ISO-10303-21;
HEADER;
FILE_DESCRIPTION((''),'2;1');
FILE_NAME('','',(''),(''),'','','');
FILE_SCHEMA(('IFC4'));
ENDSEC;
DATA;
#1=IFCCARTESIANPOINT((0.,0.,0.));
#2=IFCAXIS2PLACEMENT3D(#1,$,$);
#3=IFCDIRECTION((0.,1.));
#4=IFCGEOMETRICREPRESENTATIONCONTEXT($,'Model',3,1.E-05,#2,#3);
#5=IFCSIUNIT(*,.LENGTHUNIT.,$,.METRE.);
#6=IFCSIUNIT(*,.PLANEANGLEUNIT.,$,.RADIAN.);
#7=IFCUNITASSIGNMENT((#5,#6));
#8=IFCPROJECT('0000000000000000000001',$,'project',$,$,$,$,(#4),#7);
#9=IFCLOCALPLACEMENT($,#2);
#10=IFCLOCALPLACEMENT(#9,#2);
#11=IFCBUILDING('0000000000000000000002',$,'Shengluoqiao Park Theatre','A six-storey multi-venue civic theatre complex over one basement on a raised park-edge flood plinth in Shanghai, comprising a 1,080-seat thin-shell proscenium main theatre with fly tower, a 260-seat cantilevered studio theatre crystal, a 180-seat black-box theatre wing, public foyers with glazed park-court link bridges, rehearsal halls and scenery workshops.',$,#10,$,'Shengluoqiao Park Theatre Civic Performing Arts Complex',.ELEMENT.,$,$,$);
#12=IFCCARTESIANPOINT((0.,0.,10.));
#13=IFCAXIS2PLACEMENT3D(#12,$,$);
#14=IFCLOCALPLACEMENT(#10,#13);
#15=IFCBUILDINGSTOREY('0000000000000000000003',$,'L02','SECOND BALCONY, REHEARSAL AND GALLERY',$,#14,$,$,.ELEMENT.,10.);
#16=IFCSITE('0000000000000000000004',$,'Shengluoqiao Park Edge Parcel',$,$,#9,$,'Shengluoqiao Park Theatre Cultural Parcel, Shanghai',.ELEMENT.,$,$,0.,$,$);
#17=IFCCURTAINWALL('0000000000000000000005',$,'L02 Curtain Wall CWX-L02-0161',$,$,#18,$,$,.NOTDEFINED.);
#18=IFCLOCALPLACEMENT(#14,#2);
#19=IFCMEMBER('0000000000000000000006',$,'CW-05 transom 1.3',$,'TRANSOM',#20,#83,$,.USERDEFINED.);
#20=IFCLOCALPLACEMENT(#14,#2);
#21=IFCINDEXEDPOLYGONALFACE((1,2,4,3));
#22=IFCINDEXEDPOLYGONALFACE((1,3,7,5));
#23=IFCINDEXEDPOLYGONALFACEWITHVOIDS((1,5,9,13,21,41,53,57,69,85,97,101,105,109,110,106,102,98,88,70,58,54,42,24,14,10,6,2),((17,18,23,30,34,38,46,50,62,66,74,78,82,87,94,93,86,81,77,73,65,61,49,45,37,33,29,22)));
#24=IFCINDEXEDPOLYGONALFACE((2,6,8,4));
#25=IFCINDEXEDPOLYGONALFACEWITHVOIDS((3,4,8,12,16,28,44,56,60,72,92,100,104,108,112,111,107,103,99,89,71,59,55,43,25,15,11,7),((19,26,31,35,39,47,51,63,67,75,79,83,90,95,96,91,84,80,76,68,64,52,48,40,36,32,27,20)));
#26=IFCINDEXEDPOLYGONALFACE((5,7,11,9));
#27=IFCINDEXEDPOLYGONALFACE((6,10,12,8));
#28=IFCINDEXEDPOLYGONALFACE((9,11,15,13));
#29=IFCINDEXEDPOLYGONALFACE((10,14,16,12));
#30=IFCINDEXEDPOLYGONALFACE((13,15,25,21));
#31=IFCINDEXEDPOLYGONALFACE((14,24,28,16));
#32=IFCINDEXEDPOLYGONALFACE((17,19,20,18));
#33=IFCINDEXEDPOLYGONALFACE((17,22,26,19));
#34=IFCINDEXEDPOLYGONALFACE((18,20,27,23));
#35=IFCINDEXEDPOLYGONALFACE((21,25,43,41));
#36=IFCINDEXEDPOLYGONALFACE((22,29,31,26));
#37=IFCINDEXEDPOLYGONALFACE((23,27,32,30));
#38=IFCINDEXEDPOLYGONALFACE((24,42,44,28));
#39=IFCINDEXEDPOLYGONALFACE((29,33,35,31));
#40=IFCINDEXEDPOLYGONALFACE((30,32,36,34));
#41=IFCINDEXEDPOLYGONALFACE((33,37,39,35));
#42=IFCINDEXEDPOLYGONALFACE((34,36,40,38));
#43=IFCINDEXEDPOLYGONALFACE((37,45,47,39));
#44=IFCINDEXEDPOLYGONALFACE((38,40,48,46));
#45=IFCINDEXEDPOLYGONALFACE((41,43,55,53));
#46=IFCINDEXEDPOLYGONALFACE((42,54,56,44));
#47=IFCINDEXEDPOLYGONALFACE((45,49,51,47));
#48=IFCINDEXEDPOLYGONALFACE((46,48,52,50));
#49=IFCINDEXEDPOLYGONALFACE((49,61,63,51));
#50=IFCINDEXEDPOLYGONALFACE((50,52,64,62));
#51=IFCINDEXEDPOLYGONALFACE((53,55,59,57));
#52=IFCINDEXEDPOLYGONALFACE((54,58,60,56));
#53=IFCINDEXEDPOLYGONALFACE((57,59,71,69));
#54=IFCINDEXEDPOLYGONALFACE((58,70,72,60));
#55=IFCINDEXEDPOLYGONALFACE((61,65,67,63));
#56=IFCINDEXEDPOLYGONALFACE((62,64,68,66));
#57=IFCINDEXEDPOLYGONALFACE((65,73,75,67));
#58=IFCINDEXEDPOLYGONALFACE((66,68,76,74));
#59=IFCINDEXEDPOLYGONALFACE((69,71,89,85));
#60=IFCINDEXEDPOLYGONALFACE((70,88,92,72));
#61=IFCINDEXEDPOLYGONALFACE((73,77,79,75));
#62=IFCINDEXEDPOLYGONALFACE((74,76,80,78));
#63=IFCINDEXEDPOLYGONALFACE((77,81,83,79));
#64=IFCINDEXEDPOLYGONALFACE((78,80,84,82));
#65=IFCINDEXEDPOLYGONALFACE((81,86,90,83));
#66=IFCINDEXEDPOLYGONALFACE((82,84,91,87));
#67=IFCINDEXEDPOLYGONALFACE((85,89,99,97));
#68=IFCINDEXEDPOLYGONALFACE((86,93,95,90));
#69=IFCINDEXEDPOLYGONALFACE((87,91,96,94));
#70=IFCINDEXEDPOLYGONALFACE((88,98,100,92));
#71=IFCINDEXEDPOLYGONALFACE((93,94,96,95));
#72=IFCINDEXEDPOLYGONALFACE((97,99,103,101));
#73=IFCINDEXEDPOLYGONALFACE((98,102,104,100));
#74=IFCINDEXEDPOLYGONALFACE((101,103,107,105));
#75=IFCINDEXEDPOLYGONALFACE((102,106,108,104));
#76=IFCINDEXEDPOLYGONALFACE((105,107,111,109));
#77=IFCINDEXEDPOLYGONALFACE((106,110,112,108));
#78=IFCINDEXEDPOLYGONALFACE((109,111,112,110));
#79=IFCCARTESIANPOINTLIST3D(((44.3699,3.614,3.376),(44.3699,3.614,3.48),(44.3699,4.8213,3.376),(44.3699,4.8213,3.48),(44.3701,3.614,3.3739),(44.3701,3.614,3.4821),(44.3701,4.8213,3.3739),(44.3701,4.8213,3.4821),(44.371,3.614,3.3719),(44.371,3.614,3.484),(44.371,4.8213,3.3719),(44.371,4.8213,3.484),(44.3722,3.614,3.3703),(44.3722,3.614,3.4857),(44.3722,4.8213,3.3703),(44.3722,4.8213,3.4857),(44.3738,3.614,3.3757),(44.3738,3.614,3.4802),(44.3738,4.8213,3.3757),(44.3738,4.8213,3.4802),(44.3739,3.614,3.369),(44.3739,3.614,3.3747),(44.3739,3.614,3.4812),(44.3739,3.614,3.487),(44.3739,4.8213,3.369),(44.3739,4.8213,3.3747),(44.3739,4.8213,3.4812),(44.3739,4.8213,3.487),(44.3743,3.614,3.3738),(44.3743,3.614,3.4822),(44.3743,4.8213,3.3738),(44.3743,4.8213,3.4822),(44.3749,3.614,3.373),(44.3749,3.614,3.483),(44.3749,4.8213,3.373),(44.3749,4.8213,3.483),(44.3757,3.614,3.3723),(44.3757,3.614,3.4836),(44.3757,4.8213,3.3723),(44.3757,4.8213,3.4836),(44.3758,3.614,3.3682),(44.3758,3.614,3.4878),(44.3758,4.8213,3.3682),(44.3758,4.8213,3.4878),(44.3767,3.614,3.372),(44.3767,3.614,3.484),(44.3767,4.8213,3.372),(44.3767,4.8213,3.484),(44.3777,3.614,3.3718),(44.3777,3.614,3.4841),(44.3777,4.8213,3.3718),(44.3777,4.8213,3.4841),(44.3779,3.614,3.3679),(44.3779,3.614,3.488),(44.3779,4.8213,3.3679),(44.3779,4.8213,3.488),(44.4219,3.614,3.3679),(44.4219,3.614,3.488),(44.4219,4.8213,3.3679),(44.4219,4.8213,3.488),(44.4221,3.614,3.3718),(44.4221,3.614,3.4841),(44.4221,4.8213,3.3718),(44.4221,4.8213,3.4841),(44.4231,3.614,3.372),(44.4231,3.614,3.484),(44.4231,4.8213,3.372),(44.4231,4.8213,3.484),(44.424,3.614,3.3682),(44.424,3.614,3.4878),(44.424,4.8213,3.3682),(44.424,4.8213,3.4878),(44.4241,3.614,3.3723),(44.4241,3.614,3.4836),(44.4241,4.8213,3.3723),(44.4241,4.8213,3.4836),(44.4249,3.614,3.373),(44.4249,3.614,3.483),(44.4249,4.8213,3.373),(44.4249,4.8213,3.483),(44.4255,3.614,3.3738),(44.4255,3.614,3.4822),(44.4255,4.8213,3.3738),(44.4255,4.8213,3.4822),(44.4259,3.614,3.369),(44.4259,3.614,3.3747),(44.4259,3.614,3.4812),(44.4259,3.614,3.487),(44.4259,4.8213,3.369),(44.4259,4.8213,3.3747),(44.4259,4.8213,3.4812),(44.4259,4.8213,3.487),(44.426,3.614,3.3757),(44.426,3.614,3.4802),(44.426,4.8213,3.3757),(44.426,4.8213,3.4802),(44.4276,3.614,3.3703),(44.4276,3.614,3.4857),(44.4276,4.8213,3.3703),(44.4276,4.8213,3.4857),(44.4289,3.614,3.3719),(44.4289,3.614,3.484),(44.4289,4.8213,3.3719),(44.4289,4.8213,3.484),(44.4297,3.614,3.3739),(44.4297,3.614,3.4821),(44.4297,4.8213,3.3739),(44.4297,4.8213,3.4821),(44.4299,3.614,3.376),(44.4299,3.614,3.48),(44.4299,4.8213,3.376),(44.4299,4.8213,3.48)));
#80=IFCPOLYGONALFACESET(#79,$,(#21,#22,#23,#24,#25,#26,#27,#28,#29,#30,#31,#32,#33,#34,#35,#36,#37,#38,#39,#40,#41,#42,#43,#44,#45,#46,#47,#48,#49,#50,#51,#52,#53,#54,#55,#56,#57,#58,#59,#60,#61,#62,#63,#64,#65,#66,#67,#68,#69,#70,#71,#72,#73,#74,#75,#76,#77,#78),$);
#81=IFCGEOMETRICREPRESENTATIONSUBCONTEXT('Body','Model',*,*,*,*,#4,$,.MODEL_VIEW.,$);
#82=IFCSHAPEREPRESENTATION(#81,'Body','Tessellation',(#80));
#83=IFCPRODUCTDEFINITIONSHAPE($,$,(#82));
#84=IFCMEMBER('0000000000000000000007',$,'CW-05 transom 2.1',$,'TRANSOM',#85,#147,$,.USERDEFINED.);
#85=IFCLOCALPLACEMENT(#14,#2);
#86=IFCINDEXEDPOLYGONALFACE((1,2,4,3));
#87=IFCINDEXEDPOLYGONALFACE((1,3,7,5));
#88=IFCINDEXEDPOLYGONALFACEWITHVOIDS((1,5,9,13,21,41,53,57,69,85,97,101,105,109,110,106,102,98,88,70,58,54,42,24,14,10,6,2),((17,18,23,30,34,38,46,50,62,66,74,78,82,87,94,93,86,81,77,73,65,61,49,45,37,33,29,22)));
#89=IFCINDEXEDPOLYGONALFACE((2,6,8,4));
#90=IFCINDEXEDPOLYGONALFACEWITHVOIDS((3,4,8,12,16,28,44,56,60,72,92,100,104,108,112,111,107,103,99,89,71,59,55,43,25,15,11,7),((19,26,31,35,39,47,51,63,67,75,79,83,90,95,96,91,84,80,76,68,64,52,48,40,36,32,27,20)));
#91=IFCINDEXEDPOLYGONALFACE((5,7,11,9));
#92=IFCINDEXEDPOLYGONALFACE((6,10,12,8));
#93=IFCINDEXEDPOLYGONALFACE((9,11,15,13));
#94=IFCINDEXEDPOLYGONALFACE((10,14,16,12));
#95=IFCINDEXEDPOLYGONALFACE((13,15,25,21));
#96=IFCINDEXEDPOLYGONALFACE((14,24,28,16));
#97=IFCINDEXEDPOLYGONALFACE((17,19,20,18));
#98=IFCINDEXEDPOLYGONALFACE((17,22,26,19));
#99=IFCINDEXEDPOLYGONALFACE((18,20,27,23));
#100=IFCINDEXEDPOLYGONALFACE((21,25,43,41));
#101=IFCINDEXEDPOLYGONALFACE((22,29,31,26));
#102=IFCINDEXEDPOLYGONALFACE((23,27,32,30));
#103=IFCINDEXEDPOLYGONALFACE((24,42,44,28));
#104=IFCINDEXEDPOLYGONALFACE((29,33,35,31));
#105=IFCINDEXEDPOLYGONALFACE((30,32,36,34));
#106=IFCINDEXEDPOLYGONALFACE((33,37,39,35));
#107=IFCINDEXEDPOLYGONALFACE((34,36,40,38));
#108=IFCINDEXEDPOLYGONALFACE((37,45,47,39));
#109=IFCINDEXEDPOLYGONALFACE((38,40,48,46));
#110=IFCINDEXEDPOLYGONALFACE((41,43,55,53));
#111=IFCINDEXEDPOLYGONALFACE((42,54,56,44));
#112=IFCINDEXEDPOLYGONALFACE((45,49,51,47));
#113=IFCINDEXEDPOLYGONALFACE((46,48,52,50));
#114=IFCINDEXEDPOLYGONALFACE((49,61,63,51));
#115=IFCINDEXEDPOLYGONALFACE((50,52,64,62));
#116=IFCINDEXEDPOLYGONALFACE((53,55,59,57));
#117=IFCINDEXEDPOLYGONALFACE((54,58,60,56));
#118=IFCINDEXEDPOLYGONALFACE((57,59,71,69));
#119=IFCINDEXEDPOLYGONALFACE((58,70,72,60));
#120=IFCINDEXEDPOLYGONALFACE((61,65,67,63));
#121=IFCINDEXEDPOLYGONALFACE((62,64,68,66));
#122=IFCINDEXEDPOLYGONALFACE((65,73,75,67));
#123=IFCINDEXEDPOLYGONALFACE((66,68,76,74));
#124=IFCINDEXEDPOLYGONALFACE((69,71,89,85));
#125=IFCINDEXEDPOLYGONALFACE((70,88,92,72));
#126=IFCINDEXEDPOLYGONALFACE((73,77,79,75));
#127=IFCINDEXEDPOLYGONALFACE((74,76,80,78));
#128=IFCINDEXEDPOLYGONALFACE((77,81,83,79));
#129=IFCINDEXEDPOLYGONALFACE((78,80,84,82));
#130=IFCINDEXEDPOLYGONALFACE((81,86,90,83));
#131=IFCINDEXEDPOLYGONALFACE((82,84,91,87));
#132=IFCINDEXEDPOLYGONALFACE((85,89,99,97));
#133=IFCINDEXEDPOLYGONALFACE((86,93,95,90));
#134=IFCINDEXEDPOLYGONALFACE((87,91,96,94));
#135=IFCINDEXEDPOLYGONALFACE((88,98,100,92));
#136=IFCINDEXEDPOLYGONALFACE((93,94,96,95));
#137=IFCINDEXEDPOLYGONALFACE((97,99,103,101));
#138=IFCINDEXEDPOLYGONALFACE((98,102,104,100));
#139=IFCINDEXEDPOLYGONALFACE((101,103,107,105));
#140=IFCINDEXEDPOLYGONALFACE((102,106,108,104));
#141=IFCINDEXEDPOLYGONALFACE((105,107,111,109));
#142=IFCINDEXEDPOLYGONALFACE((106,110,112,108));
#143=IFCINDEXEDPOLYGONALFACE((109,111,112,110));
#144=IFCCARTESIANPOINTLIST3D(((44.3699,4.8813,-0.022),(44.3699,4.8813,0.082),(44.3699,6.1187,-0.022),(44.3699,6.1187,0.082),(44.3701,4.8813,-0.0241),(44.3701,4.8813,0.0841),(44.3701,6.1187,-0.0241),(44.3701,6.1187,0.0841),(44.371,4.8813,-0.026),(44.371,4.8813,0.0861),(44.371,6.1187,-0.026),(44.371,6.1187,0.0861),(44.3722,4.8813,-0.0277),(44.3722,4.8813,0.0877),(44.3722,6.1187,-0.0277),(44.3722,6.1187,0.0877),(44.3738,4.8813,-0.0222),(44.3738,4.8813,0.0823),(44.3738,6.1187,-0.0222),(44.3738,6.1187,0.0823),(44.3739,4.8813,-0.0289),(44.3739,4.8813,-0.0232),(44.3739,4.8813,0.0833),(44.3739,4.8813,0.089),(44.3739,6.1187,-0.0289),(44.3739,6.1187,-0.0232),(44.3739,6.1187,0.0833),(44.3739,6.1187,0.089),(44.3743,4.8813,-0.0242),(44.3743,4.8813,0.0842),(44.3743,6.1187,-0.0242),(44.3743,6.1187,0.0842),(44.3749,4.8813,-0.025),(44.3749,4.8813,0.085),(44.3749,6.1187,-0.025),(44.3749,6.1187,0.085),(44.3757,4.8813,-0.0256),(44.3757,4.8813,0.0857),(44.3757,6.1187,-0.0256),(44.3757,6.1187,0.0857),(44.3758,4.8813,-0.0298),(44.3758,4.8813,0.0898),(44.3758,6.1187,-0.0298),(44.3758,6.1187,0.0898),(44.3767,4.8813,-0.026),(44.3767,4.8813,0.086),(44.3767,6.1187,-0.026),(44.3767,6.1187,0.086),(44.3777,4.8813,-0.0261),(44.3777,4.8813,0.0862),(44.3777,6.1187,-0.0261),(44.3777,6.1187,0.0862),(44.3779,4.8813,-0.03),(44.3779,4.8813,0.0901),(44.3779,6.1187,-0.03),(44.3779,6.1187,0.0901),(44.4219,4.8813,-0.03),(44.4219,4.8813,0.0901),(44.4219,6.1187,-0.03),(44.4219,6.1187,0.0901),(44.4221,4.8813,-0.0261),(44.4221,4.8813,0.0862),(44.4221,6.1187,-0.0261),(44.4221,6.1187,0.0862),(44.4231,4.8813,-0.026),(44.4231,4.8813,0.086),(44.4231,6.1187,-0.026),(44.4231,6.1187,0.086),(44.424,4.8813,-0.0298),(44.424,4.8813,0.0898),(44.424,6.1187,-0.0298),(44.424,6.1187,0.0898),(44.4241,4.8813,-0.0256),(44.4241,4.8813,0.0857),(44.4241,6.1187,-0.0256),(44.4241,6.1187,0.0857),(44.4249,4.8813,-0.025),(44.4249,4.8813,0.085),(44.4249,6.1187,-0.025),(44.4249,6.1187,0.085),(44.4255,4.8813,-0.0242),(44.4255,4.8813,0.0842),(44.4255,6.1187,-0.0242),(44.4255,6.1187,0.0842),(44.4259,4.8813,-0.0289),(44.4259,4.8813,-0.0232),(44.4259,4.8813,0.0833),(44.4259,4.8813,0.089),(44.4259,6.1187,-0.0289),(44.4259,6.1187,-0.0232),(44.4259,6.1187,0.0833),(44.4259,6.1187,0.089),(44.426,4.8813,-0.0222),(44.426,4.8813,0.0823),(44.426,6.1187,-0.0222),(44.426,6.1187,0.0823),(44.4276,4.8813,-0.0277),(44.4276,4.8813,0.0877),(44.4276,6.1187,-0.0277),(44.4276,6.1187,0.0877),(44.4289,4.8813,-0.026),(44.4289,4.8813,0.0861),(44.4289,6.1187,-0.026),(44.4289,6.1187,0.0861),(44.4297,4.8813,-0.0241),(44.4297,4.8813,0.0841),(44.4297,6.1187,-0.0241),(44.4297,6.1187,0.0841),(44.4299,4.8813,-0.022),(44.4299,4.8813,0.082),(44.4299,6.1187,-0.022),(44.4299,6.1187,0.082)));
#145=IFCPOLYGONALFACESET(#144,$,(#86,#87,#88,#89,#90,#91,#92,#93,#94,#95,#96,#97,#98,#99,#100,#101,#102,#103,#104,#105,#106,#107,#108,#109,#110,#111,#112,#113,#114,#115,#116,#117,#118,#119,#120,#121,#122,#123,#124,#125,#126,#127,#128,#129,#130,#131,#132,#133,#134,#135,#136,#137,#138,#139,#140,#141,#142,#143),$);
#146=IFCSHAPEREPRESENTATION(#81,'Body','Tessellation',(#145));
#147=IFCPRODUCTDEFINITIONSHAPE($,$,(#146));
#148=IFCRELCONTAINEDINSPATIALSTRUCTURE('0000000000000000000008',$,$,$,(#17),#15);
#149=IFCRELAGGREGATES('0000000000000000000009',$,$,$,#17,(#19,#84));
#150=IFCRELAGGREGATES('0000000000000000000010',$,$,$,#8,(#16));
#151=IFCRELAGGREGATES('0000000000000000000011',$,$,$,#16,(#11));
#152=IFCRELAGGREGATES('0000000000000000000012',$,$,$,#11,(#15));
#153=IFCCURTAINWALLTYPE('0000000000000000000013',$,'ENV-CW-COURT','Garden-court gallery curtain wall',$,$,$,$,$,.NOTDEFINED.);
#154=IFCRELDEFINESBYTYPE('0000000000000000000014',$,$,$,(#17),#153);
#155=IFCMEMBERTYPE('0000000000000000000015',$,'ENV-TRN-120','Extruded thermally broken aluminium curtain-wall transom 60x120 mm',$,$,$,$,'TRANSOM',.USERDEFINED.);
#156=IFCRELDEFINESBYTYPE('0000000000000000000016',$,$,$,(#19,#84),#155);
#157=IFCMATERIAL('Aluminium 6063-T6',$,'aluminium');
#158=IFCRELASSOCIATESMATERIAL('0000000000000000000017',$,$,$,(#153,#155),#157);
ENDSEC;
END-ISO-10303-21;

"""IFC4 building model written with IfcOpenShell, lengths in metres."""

from ifc_helpers import new_model, si_unit, direction, frame, origin, origin_2d, place, context, subcontext, project, spatial, hollow_rectangle, extrude, material, material_profile, profile_set, type_object, element, aggregate, save


model = new_model("IFC4")

# Units and contexts
model_context = context("Model", 3, precision=1e-05, world=origin(), true_north=direction((0.0, 1.0)))
body_context = subcontext(model_context, "Body", "Model", "MODEL_VIEW")
ifc_project = project(units=[si_unit("LENGTHUNIT", "METRE"), si_unit("PLANEANGLEUNIT", "RADIAN")], contexts=[model_context])

# Site, building, storey
site_placement = place(None, origin())
site = spatial("IfcSite", under=ifc_project, at=site_placement, Name="Shengluoqiao Park Edge Parcel", LongName="Shengluoqiao Park Theatre Cultural Parcel, Shanghai", CompositionType="ELEMENT", RefElevation=0.0)
building_placement = place(site_placement, origin())
building = spatial("IfcBuilding", under=site, at=building_placement, Name="Shengluoqiao Park Theatre", Description="A six-storey multi-venue civic theatre complex over one basement on a raised park-edge flood plinth in Shanghai, comprising a 1,080-seat thin-shell proscenium main theatre with fly tower, a 260-seat cantilevered studio theatre crystal, a 180-seat black-box theatre wing, public foyers with glazed park-court link bridges, rehearsal halls and scenery workshops.", LongName="Shengluoqiao Park Theatre Civic Performing Arts Complex", CompositionType="ELEMENT")
storey_placement = place(building_placement, frame((0.0, 0.0, 10.0)))
storey = spatial("IfcBuildingStorey", under=building, at=storey_placement, Name="L02", Description="SECOND BALCONY, REHEARSAL AND GALLERY", CompositionType="ELEMENT", Elevation=10.0)

# Curtain wall
ifc_material_1 = material(Name="Aluminium 6063-T6", Category="aluminium")
curtain_wall_type = type_object("IfcCurtainWallType", Name="ENV-CW-COURT", Description="Garden-court gallery curtain wall", PredefinedType="NOTDEFINED", material=ifc_material_1)
curtain_wall_1_placement = place(storey_placement, origin())
curtain_wall_1 = element("IfcCurtainWall", 1, at=curtain_wall_1_placement, inside=storey, type_object=curtain_wall_type, Name="L02 Curtain Wall CWX-L02-0161", PredefinedType="NOTDEFINED")

# Members
ifc_material_profile_1 = material_profile(ifc_material_1, hollow_rectangle(XDim=0.0601, YDim=0.1201, WallThickness=0.0039, InnerFilletRadius=0.0039, OuterFilletRadius=0.0081, at=origin_2d()), Name="ALU TRANSOM 120x60x4")
ifc_profile_set_1 = profile_set([ifc_material_profile_1], Name="Aluminium 6063-T6")
member_type_1 = type_object("IfcMemberType", Name="ENV-TRN-120", Description="Extruded thermally broken aluminium curtain-wall transom 60x120 mm", ElementType="TRANSOM", PredefinedType="USERDEFINED", material=ifc_profile_set_1)
member_1_placement = place(storey_placement, frame((44.3999, 3.614, 3.428), z_axis=(0.0, 1.0, 0.0), x_axis=(-1.0, 0.0, 0.0)))
member_1 = element("IfcMember", 2, at=member_1_placement, type_object=member_type_1, Name="CW-05 transom 1.3", ObjectType="TRANSOM", PredefinedType="USERDEFINED", context=body_context, shape_type="SweptSolid", body=[
    extrude(hollow_rectangle(XDim=0.0601, YDim=0.1201, WallThickness=0.0039, InnerFilletRadius=0.0039, OuterFilletRadius=0.0081, at=origin_2d()), origin(), (0.0, 0.0, 1.0), 1.2073),
])
member_2_placement = place(storey_placement, frame((44.3999, 4.8813, 0.03), z_axis=(0.0, 1.0, 0.0), x_axis=(-1.0, 0.0, 0.0)))
member_2 = element("IfcMember", 3, at=member_2_placement, type_object=member_type_1, Name="CW-05 transom 2.1", ObjectType="TRANSOM", PredefinedType="USERDEFINED", context=body_context, shape_type="SweptSolid", body=[
    extrude(hollow_rectangle(XDim=0.0601, YDim=0.1201, WallThickness=0.0039, InnerFilletRadius=0.0039, OuterFilletRadius=0.0081, at=origin_2d()), origin(), (0.0, 0.0, 1.0), 1.2373),
])

aggregate(curtain_wall_1, [member_1, member_2])

save(model, "model.ifc")
